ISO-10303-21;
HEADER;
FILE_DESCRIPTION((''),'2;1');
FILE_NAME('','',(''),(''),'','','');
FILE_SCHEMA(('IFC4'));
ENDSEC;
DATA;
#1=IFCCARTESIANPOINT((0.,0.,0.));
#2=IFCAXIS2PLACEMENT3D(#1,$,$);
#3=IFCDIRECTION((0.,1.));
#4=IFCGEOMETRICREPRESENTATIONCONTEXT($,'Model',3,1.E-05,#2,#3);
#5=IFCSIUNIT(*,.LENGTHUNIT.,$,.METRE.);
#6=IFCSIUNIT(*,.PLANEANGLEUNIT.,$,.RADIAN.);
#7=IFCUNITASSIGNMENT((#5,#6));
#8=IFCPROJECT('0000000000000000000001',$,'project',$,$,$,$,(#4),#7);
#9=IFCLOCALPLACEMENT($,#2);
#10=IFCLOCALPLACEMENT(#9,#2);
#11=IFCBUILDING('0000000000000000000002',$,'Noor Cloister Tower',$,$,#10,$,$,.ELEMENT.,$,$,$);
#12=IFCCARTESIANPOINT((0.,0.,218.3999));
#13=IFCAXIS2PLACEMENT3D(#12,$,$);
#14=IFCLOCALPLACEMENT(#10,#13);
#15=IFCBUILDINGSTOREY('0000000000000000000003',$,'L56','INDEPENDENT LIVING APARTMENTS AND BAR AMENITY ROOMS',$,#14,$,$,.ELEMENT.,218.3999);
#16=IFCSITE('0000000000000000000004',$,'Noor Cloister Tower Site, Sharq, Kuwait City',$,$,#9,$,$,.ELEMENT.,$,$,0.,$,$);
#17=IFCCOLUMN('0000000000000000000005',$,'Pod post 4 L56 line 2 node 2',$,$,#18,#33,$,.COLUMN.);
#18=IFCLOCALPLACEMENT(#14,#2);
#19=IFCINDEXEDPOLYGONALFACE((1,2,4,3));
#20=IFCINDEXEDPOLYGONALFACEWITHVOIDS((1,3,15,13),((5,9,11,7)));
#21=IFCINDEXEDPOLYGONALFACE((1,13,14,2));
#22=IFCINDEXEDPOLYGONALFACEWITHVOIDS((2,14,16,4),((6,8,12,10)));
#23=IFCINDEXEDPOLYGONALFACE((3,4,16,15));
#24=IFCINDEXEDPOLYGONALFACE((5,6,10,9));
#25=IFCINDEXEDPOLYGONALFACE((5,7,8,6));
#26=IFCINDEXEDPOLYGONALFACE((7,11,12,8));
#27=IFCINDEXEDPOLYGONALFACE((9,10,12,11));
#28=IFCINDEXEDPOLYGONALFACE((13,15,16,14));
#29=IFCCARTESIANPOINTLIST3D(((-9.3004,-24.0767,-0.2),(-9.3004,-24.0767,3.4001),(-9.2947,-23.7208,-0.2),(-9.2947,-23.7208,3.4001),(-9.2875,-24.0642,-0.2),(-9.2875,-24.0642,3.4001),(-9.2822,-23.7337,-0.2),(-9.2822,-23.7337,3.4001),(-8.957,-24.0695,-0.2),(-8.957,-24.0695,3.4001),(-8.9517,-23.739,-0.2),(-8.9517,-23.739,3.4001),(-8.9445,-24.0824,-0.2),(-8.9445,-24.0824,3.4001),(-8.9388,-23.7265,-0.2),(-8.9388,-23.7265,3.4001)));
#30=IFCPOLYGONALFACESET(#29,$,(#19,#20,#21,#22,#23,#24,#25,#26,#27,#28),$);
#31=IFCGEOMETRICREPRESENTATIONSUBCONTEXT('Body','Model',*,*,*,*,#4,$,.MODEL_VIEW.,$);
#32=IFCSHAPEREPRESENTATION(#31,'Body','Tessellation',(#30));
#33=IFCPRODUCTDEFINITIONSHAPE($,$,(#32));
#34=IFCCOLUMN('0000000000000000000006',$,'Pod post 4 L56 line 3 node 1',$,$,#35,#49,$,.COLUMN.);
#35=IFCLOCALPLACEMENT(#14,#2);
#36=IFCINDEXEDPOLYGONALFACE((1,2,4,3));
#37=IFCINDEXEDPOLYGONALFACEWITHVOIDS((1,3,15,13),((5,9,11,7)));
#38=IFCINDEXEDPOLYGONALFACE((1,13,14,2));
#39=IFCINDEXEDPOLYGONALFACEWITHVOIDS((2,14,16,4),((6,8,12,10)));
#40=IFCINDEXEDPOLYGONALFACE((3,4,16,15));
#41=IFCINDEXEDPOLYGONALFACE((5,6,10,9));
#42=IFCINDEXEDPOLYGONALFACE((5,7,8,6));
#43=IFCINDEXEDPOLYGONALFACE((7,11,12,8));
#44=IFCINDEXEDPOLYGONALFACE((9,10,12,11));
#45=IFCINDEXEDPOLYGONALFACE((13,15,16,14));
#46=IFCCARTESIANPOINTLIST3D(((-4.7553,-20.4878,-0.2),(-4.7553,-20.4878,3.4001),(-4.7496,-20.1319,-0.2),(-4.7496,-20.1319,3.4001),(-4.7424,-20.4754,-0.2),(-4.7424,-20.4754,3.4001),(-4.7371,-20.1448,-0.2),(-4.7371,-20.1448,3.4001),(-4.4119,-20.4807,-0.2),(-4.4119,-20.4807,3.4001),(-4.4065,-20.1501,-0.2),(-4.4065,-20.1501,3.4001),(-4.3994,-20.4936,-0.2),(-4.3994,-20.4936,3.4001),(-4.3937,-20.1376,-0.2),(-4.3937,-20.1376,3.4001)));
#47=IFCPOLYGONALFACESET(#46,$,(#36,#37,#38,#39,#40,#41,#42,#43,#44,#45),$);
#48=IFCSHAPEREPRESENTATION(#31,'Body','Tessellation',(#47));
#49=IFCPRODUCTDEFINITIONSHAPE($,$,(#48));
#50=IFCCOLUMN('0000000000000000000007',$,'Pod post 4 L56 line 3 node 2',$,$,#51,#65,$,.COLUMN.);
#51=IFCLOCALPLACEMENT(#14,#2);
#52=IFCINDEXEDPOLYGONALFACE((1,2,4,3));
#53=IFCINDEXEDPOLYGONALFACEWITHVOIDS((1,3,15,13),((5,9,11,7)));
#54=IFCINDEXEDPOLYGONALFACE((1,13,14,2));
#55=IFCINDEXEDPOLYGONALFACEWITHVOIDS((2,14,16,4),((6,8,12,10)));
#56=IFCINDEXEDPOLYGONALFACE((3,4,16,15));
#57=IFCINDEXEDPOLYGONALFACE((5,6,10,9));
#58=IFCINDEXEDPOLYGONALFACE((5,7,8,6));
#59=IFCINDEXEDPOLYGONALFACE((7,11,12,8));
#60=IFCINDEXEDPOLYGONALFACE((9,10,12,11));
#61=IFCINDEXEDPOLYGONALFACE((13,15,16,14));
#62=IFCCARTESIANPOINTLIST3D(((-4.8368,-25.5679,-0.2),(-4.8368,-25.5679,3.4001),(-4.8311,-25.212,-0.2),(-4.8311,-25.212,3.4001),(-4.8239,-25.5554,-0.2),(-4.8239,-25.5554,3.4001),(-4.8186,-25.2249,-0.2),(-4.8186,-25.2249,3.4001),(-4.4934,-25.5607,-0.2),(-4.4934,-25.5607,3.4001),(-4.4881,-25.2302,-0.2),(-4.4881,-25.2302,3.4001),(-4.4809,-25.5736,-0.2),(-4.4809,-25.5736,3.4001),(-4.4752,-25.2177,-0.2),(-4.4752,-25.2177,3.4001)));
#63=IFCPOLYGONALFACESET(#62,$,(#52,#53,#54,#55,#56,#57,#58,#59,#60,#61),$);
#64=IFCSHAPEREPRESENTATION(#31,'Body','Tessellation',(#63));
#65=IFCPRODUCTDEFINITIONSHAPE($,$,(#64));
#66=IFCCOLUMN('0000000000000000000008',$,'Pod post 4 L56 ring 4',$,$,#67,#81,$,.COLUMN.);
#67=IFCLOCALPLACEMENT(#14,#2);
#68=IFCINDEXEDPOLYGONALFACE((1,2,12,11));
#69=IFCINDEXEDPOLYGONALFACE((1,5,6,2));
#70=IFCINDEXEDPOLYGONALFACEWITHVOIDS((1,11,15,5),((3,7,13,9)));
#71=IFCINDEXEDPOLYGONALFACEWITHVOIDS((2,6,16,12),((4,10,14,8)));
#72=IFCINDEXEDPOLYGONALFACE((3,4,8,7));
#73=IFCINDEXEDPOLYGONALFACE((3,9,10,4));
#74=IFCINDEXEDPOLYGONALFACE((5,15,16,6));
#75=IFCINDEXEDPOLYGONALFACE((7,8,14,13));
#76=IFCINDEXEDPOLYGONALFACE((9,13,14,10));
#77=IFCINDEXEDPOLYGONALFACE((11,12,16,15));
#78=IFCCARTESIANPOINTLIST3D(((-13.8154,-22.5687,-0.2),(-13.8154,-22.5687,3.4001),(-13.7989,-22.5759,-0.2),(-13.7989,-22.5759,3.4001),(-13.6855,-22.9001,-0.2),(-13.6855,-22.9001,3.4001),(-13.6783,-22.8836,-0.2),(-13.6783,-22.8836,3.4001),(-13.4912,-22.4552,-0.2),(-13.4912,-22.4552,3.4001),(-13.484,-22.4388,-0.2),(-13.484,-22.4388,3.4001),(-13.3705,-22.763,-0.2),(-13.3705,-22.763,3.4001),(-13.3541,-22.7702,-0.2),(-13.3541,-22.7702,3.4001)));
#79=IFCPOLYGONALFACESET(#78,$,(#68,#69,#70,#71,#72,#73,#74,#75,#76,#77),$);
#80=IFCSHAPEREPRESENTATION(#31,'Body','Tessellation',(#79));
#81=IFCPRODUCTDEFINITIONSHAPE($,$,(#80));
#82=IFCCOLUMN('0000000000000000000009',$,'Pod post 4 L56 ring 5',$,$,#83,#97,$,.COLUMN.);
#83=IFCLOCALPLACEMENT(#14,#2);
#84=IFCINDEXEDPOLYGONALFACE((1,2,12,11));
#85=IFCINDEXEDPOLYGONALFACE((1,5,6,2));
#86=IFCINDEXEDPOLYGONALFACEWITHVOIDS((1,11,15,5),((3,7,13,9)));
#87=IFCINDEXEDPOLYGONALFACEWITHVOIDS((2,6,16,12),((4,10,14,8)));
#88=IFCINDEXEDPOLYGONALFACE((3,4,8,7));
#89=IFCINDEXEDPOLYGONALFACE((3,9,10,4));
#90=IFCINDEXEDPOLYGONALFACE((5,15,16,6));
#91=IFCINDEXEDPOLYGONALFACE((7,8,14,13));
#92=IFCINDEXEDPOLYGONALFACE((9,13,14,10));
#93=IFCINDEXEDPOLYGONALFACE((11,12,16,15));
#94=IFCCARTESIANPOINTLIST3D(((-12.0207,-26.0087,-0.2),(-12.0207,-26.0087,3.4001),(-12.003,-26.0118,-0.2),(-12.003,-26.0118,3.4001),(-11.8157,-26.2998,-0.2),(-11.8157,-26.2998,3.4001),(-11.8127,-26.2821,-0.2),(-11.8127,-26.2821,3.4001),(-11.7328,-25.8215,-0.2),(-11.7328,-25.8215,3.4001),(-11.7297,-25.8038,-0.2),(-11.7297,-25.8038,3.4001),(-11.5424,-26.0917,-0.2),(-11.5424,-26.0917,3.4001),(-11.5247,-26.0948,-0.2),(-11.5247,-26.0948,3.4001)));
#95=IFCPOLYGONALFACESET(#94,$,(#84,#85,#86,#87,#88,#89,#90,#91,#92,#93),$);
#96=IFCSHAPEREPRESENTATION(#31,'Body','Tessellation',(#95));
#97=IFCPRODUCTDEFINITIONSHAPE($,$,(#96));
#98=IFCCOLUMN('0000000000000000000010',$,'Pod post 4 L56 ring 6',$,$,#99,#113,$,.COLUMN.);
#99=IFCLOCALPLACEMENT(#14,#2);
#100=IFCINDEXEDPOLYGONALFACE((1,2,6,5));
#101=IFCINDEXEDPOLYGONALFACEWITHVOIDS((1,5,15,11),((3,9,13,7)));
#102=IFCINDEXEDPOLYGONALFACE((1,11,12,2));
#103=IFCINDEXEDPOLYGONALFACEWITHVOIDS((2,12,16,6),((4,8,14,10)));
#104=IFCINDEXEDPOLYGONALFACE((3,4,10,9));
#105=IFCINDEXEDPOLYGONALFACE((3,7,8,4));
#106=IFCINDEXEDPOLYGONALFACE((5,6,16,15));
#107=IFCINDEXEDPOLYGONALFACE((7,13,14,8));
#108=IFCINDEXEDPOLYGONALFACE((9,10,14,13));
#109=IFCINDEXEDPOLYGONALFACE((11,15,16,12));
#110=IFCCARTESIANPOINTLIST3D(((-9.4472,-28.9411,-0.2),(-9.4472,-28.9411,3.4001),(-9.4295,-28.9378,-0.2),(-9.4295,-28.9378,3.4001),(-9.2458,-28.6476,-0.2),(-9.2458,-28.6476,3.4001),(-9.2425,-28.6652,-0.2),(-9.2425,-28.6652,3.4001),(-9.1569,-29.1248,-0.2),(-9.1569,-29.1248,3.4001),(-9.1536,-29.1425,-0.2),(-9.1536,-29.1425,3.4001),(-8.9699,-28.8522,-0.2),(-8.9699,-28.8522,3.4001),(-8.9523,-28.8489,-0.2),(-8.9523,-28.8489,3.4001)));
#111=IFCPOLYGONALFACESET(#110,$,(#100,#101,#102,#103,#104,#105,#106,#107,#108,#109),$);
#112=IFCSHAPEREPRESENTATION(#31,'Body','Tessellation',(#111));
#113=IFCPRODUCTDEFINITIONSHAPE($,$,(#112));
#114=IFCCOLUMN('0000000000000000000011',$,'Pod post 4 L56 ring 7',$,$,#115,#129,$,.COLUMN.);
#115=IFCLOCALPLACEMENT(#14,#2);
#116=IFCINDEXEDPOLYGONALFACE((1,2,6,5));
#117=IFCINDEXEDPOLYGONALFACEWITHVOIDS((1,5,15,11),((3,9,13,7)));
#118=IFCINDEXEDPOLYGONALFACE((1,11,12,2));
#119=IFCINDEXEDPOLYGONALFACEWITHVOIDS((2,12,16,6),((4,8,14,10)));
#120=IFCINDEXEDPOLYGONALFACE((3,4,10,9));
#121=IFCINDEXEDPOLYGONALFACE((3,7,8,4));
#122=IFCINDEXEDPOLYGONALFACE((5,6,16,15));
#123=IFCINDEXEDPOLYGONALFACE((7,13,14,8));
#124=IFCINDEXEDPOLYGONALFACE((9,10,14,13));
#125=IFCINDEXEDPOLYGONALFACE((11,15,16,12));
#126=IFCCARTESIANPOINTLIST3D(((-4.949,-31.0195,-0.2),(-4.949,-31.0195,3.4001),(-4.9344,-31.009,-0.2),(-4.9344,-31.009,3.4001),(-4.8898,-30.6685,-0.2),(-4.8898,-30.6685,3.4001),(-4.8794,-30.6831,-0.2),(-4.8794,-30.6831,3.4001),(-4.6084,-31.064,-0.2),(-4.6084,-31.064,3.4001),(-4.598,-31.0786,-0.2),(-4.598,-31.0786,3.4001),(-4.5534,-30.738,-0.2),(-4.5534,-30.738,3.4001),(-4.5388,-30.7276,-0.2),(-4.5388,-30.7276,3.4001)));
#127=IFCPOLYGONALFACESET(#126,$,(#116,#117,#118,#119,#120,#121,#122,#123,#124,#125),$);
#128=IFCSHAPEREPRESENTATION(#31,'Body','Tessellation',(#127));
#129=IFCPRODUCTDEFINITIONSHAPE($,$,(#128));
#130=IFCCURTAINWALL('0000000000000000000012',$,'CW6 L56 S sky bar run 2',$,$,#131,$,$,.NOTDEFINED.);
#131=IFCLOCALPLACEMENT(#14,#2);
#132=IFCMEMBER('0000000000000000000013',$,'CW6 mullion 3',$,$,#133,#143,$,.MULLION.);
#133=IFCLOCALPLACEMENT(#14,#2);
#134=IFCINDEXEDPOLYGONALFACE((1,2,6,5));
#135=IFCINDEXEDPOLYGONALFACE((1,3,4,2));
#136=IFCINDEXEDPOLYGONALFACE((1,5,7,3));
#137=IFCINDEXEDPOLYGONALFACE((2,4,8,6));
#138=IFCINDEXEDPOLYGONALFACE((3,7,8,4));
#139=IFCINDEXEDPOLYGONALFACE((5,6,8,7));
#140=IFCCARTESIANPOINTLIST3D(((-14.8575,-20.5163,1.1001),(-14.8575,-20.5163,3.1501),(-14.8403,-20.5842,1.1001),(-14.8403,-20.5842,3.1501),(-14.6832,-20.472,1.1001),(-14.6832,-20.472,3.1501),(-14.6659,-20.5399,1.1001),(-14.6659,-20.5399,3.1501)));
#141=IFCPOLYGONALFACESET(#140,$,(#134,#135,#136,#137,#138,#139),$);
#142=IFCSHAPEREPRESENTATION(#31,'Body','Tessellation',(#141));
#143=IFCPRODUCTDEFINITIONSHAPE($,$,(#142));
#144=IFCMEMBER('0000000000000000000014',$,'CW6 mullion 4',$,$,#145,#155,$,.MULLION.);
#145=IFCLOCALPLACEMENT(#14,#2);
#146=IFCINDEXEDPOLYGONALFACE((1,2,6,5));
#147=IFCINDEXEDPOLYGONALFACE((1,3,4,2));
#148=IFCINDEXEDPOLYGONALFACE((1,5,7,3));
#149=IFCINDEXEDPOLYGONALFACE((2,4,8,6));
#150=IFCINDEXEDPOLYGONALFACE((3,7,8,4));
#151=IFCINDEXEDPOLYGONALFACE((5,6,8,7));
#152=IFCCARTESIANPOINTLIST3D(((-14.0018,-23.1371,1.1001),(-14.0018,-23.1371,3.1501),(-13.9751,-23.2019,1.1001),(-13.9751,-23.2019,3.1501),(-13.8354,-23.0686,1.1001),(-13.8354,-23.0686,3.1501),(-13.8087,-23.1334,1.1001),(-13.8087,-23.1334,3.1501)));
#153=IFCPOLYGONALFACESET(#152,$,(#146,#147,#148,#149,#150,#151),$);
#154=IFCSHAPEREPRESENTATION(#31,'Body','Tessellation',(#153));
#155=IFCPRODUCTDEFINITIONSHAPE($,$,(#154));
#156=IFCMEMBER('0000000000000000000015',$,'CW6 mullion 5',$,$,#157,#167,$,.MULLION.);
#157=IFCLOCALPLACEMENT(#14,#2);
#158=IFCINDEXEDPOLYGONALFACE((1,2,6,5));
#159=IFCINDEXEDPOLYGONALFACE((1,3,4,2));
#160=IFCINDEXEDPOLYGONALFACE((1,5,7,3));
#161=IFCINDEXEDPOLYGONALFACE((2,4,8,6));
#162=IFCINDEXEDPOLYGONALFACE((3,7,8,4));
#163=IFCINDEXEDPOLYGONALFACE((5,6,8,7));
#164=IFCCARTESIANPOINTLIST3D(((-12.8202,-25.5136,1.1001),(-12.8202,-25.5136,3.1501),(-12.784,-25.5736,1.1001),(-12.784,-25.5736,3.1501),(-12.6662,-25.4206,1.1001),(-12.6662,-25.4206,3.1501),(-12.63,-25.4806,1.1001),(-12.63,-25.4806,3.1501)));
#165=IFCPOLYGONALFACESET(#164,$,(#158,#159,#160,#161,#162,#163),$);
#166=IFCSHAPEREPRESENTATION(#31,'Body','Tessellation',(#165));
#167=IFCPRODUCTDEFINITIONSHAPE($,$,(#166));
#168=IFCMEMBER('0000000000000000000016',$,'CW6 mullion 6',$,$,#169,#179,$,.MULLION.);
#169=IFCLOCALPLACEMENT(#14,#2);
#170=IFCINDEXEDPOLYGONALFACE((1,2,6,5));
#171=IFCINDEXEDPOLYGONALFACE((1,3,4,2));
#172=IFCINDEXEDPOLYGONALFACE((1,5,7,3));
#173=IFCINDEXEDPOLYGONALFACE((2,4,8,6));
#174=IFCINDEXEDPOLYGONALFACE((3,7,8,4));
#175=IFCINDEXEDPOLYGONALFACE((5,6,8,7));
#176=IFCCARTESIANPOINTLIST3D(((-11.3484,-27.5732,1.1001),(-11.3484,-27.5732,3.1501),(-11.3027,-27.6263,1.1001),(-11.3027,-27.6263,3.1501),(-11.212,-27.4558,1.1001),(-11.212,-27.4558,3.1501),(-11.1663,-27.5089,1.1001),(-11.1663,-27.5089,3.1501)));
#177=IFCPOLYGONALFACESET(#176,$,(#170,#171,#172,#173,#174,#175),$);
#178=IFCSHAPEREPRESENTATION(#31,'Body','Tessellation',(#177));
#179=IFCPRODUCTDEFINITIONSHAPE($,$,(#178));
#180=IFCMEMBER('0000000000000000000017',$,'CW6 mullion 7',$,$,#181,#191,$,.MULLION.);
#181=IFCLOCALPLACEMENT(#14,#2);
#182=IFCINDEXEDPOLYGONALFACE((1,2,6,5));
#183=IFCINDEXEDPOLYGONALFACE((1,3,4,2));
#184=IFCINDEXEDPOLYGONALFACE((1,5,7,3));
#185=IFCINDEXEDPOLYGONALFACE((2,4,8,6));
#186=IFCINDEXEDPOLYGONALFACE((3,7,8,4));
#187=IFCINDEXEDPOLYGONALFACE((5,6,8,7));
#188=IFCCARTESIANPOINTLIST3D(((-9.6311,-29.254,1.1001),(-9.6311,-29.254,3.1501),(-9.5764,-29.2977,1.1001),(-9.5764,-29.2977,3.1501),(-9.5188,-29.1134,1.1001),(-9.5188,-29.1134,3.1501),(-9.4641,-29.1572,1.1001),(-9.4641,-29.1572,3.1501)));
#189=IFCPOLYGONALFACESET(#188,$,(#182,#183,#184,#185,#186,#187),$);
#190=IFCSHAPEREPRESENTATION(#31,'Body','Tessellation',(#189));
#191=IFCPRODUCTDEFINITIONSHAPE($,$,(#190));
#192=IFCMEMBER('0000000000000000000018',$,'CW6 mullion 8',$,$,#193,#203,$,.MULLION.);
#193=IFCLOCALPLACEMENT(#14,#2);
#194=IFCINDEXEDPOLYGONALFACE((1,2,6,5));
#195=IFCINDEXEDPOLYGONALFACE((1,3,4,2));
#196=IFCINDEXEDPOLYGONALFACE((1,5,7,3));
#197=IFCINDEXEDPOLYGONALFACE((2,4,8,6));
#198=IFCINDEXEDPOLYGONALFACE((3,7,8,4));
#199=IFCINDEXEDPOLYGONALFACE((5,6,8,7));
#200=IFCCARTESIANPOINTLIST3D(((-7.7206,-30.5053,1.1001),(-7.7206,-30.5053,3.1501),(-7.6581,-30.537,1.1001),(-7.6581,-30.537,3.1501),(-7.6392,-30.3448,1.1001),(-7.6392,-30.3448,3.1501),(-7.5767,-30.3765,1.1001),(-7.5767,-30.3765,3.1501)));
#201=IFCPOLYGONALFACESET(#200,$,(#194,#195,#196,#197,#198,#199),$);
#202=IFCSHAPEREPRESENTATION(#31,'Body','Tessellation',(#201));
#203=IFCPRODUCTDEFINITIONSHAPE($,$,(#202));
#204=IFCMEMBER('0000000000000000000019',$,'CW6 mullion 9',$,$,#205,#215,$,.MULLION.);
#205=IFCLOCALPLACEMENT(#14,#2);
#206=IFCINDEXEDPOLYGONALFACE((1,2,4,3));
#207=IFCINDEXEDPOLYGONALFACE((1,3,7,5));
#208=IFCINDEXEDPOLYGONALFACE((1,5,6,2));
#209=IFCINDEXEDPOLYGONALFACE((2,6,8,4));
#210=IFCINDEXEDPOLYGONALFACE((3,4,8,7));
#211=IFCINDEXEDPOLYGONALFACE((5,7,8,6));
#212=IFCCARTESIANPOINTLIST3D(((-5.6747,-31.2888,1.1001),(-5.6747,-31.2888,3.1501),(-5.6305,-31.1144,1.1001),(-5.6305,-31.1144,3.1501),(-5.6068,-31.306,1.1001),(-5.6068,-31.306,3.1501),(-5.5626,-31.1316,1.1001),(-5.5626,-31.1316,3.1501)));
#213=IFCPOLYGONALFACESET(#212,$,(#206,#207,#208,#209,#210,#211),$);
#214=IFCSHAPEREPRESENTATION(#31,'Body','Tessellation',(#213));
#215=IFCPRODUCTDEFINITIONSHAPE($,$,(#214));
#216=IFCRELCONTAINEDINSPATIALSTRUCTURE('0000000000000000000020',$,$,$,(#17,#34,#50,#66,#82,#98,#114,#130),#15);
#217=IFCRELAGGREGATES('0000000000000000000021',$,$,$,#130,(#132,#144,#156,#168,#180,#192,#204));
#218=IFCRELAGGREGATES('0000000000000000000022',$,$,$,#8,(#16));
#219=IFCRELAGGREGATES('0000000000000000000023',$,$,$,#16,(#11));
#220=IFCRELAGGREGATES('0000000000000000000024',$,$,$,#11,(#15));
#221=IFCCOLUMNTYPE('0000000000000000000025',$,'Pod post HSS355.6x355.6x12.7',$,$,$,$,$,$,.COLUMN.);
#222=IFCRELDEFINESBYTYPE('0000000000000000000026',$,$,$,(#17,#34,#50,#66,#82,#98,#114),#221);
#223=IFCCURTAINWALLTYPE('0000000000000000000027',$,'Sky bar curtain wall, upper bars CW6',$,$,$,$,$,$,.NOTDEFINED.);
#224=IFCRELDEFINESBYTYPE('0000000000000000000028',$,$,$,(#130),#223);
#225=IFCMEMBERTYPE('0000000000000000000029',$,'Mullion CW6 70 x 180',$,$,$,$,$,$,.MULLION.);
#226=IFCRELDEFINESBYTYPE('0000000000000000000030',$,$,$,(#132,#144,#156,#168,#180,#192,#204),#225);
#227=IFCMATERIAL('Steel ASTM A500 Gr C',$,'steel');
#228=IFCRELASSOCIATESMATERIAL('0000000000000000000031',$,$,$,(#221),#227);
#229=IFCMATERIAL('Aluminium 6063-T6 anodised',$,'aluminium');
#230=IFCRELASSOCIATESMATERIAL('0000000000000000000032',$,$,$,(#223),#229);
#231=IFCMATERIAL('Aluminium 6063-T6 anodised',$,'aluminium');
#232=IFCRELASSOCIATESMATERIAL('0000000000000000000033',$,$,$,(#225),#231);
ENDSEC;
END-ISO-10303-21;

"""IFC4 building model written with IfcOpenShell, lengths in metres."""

from ifc_helpers import new_model, si_unit, direction, frame, origin, origin_2d, place, context, subcontext, project, spatial, rectangle, hollow_rectangle, extrude, material, material_profile, profile_set, type_object, element, aggregate, save


model = new_model("IFC4")

# Units and contexts
model_context = context("Model", 3, precision=1e-05, world=origin(), true_north=direction((0.0, 1.0)))
body_context = subcontext(model_context, "Body", "Model", "MODEL_VIEW")
ifc_project = project(units=[si_unit("LENGTHUNIT", "METRE"), si_unit("PLANEANGLEUNIT", "RADIAN")], contexts=[model_context])

# Site, building, storey
site_placement = place(None, origin())
site = spatial("IfcSite", under=ifc_project, at=site_placement, Name="Noor Cloister Tower Site, Sharq, Kuwait City", CompositionType="ELEMENT", RefElevation=0.0)
building_placement = place(site_placement, origin())
building = spatial("IfcBuilding", under=site, at=building_placement, Name="Noor Cloister Tower", CompositionType="ELEMENT")
storey_placement = place(building_placement, frame((0.0, 0.0, 218.3999)))
storey = spatial("IfcBuildingStorey", under=building, at=storey_placement, Name="L56", Description="INDEPENDENT LIVING APARTMENTS AND BAR AMENITY ROOMS", CompositionType="ELEMENT", Elevation=218.3999)

# Columns
ifc_material_1 = material(Name="Steel ASTM A500 Gr C", Category="steel")
ifc_material_profile_1 = material_profile(ifc_material_1, hollow_rectangle(XDim=0.356, YDim=0.356, WallThickness=0.0127, at=origin_2d()), Name="HSS355.6x355.6x12.7")
ifc_profile_set_1 = profile_set([ifc_material_profile_1], Name="Steel ASTM A500 Gr C")
column_type = type_object("IfcColumnType", Name="Pod post HSS355.6x355.6x12.7", PredefinedType="COLUMN", material=ifc_profile_set_1)
for number, where, z_axis, x_axis, name in (
    (1, (-9.1196, -23.9016, -0.2), (0.0, 0.0, 1.0), (-0.016039, -0.999871, 0.0), "Pod post 4 L56 line 2 node 2"),
    (2, (-4.5745, -20.3127, -0.2), (0.0, 0.0, 1.0), (-0.016039, -0.999871, 0.0), "Pod post 4 L56 line 3 node 1"),
    (3, (-4.656, -25.3928, -0.2), (0.0, 0.0, 1.0), (-0.016039, -0.999871, 0.0), "Pod post 4 L56 line 3 node 2"),
    (4, (-13.5847, -22.6694, -0.2), (0.0, 0.0, 1.0), (0.364969, -0.93102, 0.0), "Pod post 4 L56 ring 4"),
    (5, (-11.7727, -26.0518, -0.2), (0.0, 0.0, 1.0), (0.575844, -0.817559, 0.0), "Pod post 4 L56 ring 5"),
    (6, (-9.1997, -28.895, -0.2), (0.0, 0.0, 1.0), (0.824617, -0.565692, 0.0), "Pod post 4 L56 ring 6"),
    (7, (-4.7439, -30.8735, -0.2), (0.0, 0.0, 1.0), (0.98609, -0.166213, 0.0), "Pod post 4 L56 ring 7"),
):
    element("IfcColumn", number, at=place(storey_placement, frame(where, z_axis=z_axis, x_axis=x_axis)), inside=storey, type_object=column_type, Name=name, PredefinedType="COLUMN", context=body_context, shape_type="SweptSolid", body=[
        extrude(hollow_rectangle(XDim=0.356, YDim=0.356, WallThickness=0.0127, at=origin_2d()), origin(), (0.0, 0.0, 1.0), 3.6001),
    ])

# Curtain wall, members
ifc_material_2 = material(Name="Aluminium 6063-T6 anodised", Category="aluminium")
curtain_wall_type = type_object("IfcCurtainWallType", Name="Sky bar curtain wall, upper bars CW6", PredefinedType="NOTDEFINED", material=ifc_material_2)
curtain_wall_placement = place(storey_placement, origin())
curtain_wall = element("IfcCurtainWall", 8, at=curtain_wall_placement, inside=storey, type_object=curtain_wall_type, Name="CW6 L56 S sky bar run 2", PredefinedType="NOTDEFINED")
ifc_material_3 = material(Name="Aluminium 6063-T6 anodised", Category="aluminium")
ifc_material_profile_2 = material_profile(ifc_material_3, rectangle(XDim=0.1799, YDim=0.0701, at=origin_2d()), Name="180 x 70 mullion")
ifc_profile_set_2 = profile_set([ifc_material_profile_2], Name="Aluminium 6063-T6 anodised")
member_type = type_object("IfcMemberType", Name="Mullion CW6 70 x 180", PredefinedType="MULLION", material=ifc_profile_set_2)
member_1_placement = place(storey_placement, frame((-14.7617, -20.5281, 1.1001), z_axis=(0.0, 0.0, 1.0), x_axis=(0.969193, 0.246301, 0.0)))
member_1 = element("IfcMember", 9, at=member_1_placement, type_object=member_type, Name="CW6 mullion 3", PredefinedType="MULLION", context=body_context, shape_type="SweptSolid", body=[
    extrude(rectangle(XDim=0.1799, YDim=0.0701, at=origin_2d()), origin(), (0.0, 0.0, 1.0), 2.05),
])
member_2_placement = place(storey_placement, frame((-13.9053, -23.1353, 1.1001), z_axis=(0.0, 0.0, 1.0), x_axis=(0.924752, 0.38057, 0.0)))
member_2 = element("IfcMember", 10, at=member_2_placement, type_object=member_type, Name="CW6 mullion 4", PredefinedType="MULLION", context=body_context, shape_type="SweptSolid", body=[
    extrude(rectangle(XDim=0.1799, YDim=0.0701, at=origin_2d()), origin(), (0.0, 0.0, 1.0), 2.05),
])
member_3_placement = place(storey_placement, frame((-12.7251, -25.4971, 1.1001), z_axis=(0.0, 0.0, 1.0), x_axis=(0.856104, 0.516804, 0.0)))
member_3 = element("IfcMember", 11, at=member_3_placement, type_object=member_type, Name="CW6 mullion 5", PredefinedType="MULLION", context=body_context, shape_type="SweptSolid", body=[
    extrude(rectangle(XDim=0.1799, YDim=0.0701, at=origin_2d()), origin(), (0.0, 0.0, 1.0), 2.05),
])
member_4_placement = place(storey_placement, frame((-11.2573, -27.541, 1.1001), z_axis=(0.0, 0.0, 1.0), x_axis=(0.757871, 0.652405, 0.0)))
member_4 = element("IfcMember", 12, at=member_4_placement, type_object=member_type, Name="CW6 mullion 6", PredefinedType="MULLION", context=body_context, shape_type="SweptSolid", body=[
    extrude(rectangle(XDim=0.1799, YDim=0.0701, at=origin_2d()), origin(), (0.0, 0.0, 1.0), 2.05),
])
member_5_placement = place(storey_placement, frame((-9.5476, -29.2056, 1.1001), z_axis=(0.0, 0.0, 1.0), x_axis=(0.62441, 0.781097, 0.0)))
member_5 = element("IfcMember", 13, at=member_5_placement, type_object=member_type, Name="CW6 mullion 7", PredefinedType="MULLION", context=body_context, shape_type="SweptSolid", body=[
    extrude(rectangle(XDim=0.1799, YDim=0.0701, at=origin_2d()), origin(), (0.0, 0.0, 1.0), 2.05),
])
member_6_placement = place(storey_placement, frame((-7.6487, -30.4409, 1.1001), z_axis=(0.0, 0.0, 1.0), x_axis=(0.452451, 0.891789, 0.0)))
member_6 = element("IfcMember", 14, at=member_6_placement, type_object=member_type, Name="CW6 mullion 8", PredefinedType="MULLION", context=body_context, shape_type="SweptSolid", body=[
    extrude(rectangle(XDim=0.1799, YDim=0.0701, at=origin_2d()), origin(), (0.0, 0.0, 1.0), 2.05),
])
member_7_placement = place(storey_placement, frame((-5.6187, -31.2102, 1.1001), z_axis=(0.0, 0.0, 1.0), x_axis=(0.245277, 0.969453, 0.0)))
member_7 = element("IfcMember", 15, at=member_7_placement, type_object=member_type, Name="CW6 mullion 9", PredefinedType="MULLION", context=body_context, shape_type="SweptSolid", body=[
    extrude(rectangle(XDim=0.1799, YDim=0.0701, at=origin_2d()), origin(), (0.0, 0.0, 1.0), 2.05),
])

aggregate(curtain_wall, [member_1, member_2, member_3, member_4, member_5, member_6, member_7])

save(model, "model.ifc")
